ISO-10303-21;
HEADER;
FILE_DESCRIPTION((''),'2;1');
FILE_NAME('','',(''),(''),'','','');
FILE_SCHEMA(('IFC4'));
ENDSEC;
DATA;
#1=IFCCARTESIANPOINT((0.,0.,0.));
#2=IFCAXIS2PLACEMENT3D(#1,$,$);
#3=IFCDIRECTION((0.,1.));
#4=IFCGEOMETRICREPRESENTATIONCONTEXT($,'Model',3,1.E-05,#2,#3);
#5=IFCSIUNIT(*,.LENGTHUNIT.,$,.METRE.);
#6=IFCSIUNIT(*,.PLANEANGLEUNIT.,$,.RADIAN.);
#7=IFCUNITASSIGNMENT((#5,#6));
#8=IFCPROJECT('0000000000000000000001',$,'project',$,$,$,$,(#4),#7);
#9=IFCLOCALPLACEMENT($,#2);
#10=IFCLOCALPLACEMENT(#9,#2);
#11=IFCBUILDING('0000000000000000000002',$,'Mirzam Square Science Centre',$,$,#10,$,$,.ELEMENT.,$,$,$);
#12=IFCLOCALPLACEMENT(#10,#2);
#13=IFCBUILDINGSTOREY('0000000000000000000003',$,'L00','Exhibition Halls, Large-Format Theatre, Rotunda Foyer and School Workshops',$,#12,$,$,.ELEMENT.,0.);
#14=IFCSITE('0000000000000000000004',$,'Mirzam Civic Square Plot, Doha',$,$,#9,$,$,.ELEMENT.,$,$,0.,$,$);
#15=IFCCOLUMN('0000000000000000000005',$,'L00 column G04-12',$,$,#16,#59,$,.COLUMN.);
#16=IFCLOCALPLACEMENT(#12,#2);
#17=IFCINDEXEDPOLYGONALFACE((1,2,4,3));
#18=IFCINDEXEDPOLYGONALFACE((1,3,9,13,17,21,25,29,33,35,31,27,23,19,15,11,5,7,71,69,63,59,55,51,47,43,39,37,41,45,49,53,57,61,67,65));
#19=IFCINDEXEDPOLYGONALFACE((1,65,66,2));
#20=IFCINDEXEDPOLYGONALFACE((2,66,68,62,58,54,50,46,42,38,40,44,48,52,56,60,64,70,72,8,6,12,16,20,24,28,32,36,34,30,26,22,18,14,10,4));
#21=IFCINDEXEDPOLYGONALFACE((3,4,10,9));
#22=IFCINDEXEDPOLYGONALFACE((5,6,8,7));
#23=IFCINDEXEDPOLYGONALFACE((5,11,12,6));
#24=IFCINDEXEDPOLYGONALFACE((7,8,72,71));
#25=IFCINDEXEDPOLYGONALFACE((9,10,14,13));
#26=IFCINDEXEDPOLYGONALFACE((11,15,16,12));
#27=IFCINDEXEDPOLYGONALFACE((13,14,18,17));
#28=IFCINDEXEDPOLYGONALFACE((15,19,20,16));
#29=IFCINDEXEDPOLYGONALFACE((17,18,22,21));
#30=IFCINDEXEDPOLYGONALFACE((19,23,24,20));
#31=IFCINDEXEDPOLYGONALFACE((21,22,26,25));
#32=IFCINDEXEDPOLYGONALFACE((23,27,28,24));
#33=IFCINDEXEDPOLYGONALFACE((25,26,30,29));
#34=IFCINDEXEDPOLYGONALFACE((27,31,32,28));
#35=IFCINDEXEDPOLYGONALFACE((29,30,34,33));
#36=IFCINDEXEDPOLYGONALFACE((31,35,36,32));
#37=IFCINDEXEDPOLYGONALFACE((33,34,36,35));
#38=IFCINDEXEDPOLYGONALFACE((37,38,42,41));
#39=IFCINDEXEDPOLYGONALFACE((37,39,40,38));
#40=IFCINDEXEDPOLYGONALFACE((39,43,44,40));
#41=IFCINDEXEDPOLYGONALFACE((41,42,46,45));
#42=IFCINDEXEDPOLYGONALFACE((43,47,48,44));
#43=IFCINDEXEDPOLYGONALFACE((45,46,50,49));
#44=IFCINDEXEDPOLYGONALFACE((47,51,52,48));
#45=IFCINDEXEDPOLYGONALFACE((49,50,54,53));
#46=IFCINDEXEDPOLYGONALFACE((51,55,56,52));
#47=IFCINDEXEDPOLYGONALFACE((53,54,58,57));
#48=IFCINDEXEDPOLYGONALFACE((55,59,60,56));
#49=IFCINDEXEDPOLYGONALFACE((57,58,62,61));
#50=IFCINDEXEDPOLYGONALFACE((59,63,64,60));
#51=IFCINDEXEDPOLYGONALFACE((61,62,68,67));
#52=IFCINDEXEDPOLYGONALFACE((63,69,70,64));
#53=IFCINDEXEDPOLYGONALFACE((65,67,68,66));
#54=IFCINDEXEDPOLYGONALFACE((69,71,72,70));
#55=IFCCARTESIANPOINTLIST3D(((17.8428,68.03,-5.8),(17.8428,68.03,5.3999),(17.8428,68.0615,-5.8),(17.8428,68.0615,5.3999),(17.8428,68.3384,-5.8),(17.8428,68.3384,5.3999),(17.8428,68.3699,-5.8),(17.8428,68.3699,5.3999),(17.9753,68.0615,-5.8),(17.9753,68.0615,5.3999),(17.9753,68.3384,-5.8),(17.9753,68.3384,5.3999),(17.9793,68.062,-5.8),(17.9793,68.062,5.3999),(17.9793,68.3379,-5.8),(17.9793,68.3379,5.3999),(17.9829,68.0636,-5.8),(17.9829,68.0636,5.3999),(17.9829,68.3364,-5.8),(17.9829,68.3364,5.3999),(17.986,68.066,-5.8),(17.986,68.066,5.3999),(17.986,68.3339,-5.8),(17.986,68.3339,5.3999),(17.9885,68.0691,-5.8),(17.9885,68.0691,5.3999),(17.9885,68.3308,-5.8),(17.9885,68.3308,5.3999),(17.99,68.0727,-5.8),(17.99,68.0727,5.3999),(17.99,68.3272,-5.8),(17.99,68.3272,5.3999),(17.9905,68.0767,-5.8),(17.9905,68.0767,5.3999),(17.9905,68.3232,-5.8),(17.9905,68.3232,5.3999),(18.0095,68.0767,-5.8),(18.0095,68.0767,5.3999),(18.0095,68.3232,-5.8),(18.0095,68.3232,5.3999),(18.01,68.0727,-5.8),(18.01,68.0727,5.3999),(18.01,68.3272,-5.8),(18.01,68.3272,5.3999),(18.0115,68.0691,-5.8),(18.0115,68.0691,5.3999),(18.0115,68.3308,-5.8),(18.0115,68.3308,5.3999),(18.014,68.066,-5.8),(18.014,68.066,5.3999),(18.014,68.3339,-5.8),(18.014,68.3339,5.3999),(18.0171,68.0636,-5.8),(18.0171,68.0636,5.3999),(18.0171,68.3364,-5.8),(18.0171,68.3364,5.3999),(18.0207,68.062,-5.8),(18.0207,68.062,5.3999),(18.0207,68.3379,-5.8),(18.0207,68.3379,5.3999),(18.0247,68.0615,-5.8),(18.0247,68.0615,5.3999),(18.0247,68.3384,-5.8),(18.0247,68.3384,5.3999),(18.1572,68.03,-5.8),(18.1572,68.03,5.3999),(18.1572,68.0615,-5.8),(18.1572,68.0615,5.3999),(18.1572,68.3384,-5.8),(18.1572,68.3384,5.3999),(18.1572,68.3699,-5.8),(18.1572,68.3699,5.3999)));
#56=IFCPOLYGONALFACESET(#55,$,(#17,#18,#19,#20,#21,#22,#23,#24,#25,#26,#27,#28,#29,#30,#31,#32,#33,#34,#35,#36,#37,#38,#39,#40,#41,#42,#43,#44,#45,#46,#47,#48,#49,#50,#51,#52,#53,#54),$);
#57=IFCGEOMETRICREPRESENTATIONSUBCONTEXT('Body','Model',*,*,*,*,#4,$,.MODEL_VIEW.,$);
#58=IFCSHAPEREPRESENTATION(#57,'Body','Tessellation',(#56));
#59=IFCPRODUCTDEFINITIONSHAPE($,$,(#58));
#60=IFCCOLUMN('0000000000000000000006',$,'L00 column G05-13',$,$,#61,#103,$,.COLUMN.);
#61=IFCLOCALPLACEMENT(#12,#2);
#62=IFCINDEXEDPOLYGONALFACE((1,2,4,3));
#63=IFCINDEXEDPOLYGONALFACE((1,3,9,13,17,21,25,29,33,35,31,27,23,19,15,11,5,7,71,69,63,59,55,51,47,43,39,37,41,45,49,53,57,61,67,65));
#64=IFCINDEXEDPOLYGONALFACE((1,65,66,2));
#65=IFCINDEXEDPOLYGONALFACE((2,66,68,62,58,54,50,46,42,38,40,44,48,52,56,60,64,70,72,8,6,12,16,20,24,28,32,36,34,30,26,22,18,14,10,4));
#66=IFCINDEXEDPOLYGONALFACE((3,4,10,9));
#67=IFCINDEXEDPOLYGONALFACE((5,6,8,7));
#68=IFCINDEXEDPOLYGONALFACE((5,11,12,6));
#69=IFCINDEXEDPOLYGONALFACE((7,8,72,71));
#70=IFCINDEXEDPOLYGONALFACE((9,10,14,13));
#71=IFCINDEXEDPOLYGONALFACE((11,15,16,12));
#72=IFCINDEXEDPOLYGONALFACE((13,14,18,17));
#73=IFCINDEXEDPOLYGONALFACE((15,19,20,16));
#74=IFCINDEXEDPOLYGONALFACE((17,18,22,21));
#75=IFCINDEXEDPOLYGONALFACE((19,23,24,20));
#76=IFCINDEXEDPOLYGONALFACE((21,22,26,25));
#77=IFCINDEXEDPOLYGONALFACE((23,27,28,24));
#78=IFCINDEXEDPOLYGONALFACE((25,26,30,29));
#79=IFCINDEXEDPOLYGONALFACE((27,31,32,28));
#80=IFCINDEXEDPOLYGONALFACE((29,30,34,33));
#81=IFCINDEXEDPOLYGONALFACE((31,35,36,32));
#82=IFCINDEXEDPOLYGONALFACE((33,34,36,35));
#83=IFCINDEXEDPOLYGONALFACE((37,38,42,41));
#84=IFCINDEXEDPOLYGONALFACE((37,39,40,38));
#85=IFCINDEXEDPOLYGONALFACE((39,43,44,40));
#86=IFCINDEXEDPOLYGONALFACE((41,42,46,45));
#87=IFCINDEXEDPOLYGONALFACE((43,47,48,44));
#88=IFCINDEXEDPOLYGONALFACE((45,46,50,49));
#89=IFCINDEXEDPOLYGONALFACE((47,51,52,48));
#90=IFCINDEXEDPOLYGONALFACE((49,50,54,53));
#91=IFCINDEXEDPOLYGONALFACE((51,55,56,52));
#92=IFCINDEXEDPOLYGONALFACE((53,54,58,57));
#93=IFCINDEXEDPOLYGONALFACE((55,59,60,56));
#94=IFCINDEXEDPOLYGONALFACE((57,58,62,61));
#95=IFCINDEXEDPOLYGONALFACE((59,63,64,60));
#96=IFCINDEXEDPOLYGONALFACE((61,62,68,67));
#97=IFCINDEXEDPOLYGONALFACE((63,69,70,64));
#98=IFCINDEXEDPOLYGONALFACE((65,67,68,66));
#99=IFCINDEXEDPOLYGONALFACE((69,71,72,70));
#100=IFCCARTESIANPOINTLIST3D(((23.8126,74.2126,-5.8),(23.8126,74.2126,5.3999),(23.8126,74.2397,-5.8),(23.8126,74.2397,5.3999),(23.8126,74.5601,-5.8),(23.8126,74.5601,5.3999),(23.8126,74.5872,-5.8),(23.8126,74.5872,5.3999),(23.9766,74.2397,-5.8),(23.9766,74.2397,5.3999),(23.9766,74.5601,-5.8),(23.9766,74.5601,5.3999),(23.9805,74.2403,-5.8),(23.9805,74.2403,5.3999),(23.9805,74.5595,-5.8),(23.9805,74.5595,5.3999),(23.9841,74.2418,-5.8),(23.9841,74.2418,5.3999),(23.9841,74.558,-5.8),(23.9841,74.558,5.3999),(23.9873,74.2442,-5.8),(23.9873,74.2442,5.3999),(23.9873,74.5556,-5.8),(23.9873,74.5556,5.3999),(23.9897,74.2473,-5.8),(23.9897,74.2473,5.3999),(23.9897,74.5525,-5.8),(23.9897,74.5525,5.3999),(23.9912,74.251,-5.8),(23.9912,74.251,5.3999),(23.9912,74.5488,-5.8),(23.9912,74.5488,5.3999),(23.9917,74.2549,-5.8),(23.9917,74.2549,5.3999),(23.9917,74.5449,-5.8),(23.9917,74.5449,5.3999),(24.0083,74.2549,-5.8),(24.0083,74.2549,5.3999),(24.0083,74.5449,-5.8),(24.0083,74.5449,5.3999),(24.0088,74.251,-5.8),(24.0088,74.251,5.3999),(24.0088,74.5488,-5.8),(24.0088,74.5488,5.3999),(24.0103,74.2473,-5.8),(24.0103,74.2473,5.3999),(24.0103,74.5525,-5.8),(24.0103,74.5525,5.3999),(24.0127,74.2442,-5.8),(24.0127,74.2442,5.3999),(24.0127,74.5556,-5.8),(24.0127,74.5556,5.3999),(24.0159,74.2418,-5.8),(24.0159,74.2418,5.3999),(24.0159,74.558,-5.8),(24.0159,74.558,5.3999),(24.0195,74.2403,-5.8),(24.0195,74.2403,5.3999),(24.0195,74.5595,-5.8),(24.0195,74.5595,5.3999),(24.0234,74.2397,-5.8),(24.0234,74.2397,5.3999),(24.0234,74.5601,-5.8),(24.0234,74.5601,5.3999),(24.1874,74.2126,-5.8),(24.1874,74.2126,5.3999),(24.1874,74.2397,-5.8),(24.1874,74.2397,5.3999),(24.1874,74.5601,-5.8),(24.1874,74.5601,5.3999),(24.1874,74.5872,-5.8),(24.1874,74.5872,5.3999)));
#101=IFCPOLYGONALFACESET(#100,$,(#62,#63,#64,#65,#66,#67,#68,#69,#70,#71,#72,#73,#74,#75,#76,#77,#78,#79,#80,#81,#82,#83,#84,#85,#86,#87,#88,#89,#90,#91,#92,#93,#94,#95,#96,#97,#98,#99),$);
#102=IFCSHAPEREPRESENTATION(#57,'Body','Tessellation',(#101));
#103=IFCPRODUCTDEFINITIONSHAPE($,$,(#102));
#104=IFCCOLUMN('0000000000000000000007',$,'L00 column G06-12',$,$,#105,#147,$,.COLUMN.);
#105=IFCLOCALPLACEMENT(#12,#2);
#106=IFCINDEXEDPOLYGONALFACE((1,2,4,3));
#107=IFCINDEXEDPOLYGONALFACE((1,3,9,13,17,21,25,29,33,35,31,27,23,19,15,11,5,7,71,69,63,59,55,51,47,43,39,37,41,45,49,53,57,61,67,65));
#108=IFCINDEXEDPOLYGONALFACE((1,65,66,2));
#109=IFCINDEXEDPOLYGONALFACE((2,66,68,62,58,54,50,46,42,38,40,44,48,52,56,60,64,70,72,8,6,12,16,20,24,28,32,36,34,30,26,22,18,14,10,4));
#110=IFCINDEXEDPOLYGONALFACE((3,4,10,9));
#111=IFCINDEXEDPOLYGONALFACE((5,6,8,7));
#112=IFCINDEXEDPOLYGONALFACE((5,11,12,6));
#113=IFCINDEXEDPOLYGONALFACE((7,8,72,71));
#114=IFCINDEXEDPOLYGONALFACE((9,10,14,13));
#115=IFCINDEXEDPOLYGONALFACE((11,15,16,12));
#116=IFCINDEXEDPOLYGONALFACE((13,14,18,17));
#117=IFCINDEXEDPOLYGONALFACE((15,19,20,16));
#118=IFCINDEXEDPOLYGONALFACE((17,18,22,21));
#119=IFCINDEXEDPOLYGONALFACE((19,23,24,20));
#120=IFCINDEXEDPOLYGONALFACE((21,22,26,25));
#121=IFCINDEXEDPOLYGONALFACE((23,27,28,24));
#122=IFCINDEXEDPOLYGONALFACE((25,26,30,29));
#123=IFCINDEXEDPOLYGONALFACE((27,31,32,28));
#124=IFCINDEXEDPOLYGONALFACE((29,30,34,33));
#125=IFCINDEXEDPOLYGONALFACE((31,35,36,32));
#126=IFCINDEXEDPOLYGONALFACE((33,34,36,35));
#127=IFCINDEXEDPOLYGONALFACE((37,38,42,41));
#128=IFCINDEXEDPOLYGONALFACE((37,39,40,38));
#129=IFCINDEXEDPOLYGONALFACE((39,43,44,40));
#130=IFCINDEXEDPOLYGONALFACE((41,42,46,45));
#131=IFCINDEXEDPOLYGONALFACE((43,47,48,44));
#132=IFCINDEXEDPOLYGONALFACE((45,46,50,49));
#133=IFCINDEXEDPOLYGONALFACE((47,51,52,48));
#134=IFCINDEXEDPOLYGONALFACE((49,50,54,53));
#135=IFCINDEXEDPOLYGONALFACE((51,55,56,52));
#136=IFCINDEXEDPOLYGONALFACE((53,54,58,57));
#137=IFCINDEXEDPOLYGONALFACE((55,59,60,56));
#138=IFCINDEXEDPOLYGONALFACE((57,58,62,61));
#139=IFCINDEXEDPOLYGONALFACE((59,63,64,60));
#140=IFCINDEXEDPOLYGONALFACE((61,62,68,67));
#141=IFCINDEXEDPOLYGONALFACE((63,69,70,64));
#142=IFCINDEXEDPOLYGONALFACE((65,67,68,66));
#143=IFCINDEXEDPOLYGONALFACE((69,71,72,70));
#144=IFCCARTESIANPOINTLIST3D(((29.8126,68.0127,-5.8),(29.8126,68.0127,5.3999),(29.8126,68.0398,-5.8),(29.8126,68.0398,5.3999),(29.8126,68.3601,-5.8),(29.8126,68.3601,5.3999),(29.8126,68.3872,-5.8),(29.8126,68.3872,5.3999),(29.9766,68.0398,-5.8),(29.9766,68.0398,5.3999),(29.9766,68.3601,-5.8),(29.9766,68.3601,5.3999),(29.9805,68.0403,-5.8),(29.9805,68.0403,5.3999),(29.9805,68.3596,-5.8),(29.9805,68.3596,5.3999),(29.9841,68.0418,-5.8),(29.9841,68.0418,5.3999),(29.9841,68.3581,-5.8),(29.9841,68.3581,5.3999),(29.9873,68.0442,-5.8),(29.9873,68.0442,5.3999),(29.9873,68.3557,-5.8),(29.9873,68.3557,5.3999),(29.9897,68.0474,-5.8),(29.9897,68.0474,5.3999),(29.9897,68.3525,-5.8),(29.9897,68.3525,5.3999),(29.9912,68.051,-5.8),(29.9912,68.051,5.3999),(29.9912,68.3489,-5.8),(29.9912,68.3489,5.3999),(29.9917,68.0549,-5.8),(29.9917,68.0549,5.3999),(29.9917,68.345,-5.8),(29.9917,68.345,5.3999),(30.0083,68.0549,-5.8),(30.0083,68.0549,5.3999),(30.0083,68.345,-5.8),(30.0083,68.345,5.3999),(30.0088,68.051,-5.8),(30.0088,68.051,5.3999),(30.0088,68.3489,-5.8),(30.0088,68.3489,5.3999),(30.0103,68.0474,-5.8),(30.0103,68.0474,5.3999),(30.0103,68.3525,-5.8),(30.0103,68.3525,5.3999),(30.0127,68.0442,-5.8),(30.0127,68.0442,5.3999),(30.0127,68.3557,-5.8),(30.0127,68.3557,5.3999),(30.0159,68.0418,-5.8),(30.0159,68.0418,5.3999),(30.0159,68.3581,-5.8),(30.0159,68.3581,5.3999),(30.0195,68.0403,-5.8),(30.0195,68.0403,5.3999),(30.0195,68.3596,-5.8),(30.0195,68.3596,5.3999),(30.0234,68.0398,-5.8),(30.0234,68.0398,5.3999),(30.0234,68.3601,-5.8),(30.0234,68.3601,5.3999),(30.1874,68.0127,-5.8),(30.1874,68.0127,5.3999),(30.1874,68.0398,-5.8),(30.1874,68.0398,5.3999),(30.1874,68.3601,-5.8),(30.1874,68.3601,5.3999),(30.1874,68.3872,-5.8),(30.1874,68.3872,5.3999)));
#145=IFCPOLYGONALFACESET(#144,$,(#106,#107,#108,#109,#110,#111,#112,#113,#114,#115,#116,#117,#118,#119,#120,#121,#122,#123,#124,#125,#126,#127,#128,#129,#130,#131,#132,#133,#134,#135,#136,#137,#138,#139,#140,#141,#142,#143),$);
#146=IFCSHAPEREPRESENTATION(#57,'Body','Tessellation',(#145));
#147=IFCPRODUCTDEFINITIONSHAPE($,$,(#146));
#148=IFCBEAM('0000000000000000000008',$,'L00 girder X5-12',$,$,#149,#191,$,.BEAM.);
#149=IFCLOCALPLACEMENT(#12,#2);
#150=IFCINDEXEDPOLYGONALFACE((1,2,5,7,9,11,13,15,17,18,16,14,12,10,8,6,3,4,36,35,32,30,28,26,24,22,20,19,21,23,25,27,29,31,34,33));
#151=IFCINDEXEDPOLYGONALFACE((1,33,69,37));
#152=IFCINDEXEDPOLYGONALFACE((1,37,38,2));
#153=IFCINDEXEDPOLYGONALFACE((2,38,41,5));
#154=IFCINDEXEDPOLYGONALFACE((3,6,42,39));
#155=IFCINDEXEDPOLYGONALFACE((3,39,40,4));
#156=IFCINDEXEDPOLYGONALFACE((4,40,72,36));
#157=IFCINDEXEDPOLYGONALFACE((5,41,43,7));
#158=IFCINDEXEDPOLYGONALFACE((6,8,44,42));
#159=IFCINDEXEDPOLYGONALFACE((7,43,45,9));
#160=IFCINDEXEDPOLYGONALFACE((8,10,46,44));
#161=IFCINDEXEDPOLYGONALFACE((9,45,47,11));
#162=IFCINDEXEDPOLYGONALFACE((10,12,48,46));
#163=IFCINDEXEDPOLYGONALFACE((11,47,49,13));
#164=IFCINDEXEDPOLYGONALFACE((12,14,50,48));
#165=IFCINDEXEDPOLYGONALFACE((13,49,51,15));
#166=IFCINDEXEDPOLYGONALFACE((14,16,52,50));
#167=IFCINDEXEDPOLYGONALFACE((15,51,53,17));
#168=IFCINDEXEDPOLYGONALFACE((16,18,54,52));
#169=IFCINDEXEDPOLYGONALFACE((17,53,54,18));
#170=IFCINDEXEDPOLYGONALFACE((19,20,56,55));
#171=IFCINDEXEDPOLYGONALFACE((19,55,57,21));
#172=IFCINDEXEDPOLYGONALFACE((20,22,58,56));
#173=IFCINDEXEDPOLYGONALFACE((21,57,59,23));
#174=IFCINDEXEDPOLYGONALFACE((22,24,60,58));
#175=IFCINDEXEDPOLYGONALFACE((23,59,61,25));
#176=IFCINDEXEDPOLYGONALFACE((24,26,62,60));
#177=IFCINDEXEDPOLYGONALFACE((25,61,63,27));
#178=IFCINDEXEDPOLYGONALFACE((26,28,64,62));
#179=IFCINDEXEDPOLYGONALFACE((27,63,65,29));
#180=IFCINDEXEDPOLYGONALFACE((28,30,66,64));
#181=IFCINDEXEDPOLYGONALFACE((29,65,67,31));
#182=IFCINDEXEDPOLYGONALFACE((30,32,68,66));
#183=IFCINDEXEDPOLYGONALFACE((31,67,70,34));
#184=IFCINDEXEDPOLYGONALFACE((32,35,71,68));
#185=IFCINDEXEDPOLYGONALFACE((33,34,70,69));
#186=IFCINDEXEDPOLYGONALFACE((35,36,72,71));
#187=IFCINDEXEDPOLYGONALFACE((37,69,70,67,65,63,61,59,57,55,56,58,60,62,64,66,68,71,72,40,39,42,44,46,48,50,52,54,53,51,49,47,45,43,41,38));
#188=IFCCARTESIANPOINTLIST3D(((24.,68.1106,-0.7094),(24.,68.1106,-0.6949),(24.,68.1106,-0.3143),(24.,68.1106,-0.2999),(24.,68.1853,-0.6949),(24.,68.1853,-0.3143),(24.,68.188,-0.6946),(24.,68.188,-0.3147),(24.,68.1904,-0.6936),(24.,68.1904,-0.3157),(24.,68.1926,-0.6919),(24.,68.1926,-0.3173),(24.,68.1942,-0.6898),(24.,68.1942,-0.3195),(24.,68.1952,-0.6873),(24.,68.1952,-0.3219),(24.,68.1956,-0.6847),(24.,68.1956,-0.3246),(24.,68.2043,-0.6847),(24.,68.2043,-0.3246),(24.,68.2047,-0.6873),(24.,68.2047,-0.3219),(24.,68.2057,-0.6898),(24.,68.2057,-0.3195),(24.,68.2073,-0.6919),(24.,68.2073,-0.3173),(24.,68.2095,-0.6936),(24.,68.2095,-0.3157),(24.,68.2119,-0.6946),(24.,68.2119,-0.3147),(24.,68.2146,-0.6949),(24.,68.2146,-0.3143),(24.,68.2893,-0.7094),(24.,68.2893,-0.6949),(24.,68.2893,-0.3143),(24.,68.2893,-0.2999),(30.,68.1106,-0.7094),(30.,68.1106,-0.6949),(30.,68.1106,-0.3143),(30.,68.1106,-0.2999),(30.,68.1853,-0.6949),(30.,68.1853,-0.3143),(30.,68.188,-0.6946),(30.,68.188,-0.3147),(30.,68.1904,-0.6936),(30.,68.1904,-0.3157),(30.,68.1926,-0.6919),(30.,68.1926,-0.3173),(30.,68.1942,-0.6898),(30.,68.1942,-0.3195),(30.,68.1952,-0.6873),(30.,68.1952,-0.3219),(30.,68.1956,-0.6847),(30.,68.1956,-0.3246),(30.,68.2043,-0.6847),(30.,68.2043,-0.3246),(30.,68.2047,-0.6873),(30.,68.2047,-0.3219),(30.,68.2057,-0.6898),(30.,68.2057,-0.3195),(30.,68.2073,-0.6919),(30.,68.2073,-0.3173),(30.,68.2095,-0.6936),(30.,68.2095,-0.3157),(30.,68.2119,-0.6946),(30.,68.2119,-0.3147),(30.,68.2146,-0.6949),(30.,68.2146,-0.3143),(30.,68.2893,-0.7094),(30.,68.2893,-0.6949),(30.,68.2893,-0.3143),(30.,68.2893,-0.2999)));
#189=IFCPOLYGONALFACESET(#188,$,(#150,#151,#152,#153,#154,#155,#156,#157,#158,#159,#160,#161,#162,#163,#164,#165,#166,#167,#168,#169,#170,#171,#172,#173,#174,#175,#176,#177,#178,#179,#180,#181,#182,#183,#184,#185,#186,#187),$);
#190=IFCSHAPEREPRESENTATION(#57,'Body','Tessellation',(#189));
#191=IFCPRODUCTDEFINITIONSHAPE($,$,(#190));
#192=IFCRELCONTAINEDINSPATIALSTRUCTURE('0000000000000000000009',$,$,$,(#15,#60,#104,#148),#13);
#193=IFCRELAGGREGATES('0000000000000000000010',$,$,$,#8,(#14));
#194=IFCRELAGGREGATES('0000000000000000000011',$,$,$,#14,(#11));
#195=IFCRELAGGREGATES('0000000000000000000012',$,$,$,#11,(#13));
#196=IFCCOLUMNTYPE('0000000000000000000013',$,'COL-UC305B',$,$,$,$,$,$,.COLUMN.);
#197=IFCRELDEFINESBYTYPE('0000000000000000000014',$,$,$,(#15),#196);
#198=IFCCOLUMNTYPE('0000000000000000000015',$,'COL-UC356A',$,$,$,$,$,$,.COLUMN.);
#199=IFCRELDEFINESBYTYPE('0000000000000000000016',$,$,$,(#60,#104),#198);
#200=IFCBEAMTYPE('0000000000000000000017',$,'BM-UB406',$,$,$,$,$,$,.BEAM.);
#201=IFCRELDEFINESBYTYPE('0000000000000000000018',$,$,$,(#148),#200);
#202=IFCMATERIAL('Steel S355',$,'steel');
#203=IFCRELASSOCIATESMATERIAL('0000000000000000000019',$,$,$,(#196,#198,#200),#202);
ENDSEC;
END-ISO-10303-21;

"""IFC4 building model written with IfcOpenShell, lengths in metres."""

from ifc_helpers import new_model, si_unit, direction, frame, origin, origin_2d, place, context, subcontext, project, spatial, i_section, extrude, material, material_profile, profile_set, type_object, element, save


model = new_model("IFC4")

# Units and contexts
model_context = context("Model", 3, precision=1e-05, world=origin(), true_north=direction((0.0, 1.0)))
body_context = subcontext(model_context, "Body", "Model", "MODEL_VIEW")
ifc_project = project(units=[si_unit("LENGTHUNIT", "METRE"), si_unit("PLANEANGLEUNIT", "RADIAN")], contexts=[model_context])

# Site, building, storey
site_placement = place(None, origin())
site = spatial("IfcSite", under=ifc_project, at=site_placement, Name="Mirzam Civic Square Plot, Doha", CompositionType="ELEMENT", RefElevation=0.0)
building_placement = place(site_placement, origin())
building = spatial("IfcBuilding", under=site, at=building_placement, Name="Mirzam Square Science Centre", CompositionType="ELEMENT")
storey_placement = place(building_placement, origin())
storey = spatial("IfcBuildingStorey", under=building, at=storey_placement, Name="L00", Description="Exhibition Halls, Large-Format Theatre, Rotunda Foyer and School Workshops", CompositionType="ELEMENT", Elevation=0.0)

# Columns
ifc_material_1 = material(Name="Steel S355", Category="steel")
ifc_material_profile_1 = material_profile(ifc_material_1, i_section(OverallWidth=0.3145, OverallDepth=0.3398, WebThickness=0.019, FlangeThickness=0.0315, FilletRadius=0.0151, at=origin_2d()), Name="305x305x198UC")
ifc_profile_set_1 = profile_set([ifc_material_profile_1], Name="Steel S355")
column_type_1 = type_object("IfcColumnType", Name="COL-UC305B", PredefinedType="COLUMN", material=ifc_profile_set_1)
column_placement = place(storey_placement, frame((18.0, 68.2, -5.8), z_axis=(0.0, 0.0, 1.0), x_axis=(1.0, 0.0, 0.0)))
element("IfcColumn", 1, at=column_placement, inside=storey, type_object=column_type_1, Name="L00 column G04-12", PredefinedType="COLUMN", context=body_context, shape_type="SweptSolid", body=[
    extrude(i_section(OverallWidth=0.3145, OverallDepth=0.3398, WebThickness=0.019, FlangeThickness=0.0315, FilletRadius=0.0151, at=origin_2d()), origin(), (0.0, 0.0, 1.0), 11.2),
])
ifc_material_profile_2 = material_profile(ifc_material_1, i_section(OverallWidth=0.3748, OverallDepth=0.3745, WebThickness=0.0166, FlangeThickness=0.0271, FilletRadius=0.0151, at=origin_2d()), Name="356x368x202UC")
ifc_profile_set_2 = profile_set([ifc_material_profile_2], Name="Steel S355")
column_type_2 = type_object("IfcColumnType", Name="COL-UC356A", PredefinedType="COLUMN", material=ifc_profile_set_2)
for number, where, z_axis, x_axis, name in (
    (2, (24.0, 74.3999, -5.8), (0.0, 0.0, 1.0), (1.0, 0.0, 0.0), "L00 column G05-13"),
    (3, (30.0, 68.2, -5.8), (0.0, 0.0, 1.0), (1.0, 0.0, 0.0), "L00 column G06-12"),
):
    element("IfcColumn", number, at=place(storey_placement, frame(where, z_axis=z_axis, x_axis=x_axis)), inside=storey, type_object=column_type_2, Name=name, PredefinedType="COLUMN", context=body_context, shape_type="SweptSolid", body=[
        extrude(i_section(OverallWidth=0.3748, OverallDepth=0.3745, WebThickness=0.0166, FlangeThickness=0.0271, FilletRadius=0.0151, at=origin_2d()), origin(), (0.0, 0.0, 1.0), 11.2),
    ])

# Beam
ifc_material_profile_3 = material_profile(ifc_material_1, i_section(OverallWidth=0.1787, OverallDepth=0.4094, WebThickness=0.0088, FlangeThickness=0.0144, FilletRadius=0.0103, at=origin_2d()), Name="406x178x67UB")
ifc_profile_set_3 = profile_set([ifc_material_profile_3], Name="Steel S355")
beam_type_1 = type_object("IfcBeamType", Name="BM-UB406", PredefinedType="BEAM", material=ifc_profile_set_3)
for number, where, z_axis, x_axis, name in (
    (4, (24.0, 68.2, -0.5046), (1.0, 0.0, 0.0), (0.0, 1.0, 0.0), "L00 girder X5-12"),
):
    element("IfcBeam", number, at=place(storey_placement, frame(where, z_axis=z_axis, x_axis=x_axis)), inside=storey, type_object=beam_type_1, Name=name, PredefinedType="BEAM", context=body_context, shape_type="SweptSolid", body=[
        extrude(i_section(OverallWidth=0.1787, OverallDepth=0.4094, WebThickness=0.0088, FlangeThickness=0.0144, FilletRadius=0.0103, at=origin_2d()), origin(), (0.0, 0.0, 1.0), 6.0),
    ])

save(model, "model.ifc")
